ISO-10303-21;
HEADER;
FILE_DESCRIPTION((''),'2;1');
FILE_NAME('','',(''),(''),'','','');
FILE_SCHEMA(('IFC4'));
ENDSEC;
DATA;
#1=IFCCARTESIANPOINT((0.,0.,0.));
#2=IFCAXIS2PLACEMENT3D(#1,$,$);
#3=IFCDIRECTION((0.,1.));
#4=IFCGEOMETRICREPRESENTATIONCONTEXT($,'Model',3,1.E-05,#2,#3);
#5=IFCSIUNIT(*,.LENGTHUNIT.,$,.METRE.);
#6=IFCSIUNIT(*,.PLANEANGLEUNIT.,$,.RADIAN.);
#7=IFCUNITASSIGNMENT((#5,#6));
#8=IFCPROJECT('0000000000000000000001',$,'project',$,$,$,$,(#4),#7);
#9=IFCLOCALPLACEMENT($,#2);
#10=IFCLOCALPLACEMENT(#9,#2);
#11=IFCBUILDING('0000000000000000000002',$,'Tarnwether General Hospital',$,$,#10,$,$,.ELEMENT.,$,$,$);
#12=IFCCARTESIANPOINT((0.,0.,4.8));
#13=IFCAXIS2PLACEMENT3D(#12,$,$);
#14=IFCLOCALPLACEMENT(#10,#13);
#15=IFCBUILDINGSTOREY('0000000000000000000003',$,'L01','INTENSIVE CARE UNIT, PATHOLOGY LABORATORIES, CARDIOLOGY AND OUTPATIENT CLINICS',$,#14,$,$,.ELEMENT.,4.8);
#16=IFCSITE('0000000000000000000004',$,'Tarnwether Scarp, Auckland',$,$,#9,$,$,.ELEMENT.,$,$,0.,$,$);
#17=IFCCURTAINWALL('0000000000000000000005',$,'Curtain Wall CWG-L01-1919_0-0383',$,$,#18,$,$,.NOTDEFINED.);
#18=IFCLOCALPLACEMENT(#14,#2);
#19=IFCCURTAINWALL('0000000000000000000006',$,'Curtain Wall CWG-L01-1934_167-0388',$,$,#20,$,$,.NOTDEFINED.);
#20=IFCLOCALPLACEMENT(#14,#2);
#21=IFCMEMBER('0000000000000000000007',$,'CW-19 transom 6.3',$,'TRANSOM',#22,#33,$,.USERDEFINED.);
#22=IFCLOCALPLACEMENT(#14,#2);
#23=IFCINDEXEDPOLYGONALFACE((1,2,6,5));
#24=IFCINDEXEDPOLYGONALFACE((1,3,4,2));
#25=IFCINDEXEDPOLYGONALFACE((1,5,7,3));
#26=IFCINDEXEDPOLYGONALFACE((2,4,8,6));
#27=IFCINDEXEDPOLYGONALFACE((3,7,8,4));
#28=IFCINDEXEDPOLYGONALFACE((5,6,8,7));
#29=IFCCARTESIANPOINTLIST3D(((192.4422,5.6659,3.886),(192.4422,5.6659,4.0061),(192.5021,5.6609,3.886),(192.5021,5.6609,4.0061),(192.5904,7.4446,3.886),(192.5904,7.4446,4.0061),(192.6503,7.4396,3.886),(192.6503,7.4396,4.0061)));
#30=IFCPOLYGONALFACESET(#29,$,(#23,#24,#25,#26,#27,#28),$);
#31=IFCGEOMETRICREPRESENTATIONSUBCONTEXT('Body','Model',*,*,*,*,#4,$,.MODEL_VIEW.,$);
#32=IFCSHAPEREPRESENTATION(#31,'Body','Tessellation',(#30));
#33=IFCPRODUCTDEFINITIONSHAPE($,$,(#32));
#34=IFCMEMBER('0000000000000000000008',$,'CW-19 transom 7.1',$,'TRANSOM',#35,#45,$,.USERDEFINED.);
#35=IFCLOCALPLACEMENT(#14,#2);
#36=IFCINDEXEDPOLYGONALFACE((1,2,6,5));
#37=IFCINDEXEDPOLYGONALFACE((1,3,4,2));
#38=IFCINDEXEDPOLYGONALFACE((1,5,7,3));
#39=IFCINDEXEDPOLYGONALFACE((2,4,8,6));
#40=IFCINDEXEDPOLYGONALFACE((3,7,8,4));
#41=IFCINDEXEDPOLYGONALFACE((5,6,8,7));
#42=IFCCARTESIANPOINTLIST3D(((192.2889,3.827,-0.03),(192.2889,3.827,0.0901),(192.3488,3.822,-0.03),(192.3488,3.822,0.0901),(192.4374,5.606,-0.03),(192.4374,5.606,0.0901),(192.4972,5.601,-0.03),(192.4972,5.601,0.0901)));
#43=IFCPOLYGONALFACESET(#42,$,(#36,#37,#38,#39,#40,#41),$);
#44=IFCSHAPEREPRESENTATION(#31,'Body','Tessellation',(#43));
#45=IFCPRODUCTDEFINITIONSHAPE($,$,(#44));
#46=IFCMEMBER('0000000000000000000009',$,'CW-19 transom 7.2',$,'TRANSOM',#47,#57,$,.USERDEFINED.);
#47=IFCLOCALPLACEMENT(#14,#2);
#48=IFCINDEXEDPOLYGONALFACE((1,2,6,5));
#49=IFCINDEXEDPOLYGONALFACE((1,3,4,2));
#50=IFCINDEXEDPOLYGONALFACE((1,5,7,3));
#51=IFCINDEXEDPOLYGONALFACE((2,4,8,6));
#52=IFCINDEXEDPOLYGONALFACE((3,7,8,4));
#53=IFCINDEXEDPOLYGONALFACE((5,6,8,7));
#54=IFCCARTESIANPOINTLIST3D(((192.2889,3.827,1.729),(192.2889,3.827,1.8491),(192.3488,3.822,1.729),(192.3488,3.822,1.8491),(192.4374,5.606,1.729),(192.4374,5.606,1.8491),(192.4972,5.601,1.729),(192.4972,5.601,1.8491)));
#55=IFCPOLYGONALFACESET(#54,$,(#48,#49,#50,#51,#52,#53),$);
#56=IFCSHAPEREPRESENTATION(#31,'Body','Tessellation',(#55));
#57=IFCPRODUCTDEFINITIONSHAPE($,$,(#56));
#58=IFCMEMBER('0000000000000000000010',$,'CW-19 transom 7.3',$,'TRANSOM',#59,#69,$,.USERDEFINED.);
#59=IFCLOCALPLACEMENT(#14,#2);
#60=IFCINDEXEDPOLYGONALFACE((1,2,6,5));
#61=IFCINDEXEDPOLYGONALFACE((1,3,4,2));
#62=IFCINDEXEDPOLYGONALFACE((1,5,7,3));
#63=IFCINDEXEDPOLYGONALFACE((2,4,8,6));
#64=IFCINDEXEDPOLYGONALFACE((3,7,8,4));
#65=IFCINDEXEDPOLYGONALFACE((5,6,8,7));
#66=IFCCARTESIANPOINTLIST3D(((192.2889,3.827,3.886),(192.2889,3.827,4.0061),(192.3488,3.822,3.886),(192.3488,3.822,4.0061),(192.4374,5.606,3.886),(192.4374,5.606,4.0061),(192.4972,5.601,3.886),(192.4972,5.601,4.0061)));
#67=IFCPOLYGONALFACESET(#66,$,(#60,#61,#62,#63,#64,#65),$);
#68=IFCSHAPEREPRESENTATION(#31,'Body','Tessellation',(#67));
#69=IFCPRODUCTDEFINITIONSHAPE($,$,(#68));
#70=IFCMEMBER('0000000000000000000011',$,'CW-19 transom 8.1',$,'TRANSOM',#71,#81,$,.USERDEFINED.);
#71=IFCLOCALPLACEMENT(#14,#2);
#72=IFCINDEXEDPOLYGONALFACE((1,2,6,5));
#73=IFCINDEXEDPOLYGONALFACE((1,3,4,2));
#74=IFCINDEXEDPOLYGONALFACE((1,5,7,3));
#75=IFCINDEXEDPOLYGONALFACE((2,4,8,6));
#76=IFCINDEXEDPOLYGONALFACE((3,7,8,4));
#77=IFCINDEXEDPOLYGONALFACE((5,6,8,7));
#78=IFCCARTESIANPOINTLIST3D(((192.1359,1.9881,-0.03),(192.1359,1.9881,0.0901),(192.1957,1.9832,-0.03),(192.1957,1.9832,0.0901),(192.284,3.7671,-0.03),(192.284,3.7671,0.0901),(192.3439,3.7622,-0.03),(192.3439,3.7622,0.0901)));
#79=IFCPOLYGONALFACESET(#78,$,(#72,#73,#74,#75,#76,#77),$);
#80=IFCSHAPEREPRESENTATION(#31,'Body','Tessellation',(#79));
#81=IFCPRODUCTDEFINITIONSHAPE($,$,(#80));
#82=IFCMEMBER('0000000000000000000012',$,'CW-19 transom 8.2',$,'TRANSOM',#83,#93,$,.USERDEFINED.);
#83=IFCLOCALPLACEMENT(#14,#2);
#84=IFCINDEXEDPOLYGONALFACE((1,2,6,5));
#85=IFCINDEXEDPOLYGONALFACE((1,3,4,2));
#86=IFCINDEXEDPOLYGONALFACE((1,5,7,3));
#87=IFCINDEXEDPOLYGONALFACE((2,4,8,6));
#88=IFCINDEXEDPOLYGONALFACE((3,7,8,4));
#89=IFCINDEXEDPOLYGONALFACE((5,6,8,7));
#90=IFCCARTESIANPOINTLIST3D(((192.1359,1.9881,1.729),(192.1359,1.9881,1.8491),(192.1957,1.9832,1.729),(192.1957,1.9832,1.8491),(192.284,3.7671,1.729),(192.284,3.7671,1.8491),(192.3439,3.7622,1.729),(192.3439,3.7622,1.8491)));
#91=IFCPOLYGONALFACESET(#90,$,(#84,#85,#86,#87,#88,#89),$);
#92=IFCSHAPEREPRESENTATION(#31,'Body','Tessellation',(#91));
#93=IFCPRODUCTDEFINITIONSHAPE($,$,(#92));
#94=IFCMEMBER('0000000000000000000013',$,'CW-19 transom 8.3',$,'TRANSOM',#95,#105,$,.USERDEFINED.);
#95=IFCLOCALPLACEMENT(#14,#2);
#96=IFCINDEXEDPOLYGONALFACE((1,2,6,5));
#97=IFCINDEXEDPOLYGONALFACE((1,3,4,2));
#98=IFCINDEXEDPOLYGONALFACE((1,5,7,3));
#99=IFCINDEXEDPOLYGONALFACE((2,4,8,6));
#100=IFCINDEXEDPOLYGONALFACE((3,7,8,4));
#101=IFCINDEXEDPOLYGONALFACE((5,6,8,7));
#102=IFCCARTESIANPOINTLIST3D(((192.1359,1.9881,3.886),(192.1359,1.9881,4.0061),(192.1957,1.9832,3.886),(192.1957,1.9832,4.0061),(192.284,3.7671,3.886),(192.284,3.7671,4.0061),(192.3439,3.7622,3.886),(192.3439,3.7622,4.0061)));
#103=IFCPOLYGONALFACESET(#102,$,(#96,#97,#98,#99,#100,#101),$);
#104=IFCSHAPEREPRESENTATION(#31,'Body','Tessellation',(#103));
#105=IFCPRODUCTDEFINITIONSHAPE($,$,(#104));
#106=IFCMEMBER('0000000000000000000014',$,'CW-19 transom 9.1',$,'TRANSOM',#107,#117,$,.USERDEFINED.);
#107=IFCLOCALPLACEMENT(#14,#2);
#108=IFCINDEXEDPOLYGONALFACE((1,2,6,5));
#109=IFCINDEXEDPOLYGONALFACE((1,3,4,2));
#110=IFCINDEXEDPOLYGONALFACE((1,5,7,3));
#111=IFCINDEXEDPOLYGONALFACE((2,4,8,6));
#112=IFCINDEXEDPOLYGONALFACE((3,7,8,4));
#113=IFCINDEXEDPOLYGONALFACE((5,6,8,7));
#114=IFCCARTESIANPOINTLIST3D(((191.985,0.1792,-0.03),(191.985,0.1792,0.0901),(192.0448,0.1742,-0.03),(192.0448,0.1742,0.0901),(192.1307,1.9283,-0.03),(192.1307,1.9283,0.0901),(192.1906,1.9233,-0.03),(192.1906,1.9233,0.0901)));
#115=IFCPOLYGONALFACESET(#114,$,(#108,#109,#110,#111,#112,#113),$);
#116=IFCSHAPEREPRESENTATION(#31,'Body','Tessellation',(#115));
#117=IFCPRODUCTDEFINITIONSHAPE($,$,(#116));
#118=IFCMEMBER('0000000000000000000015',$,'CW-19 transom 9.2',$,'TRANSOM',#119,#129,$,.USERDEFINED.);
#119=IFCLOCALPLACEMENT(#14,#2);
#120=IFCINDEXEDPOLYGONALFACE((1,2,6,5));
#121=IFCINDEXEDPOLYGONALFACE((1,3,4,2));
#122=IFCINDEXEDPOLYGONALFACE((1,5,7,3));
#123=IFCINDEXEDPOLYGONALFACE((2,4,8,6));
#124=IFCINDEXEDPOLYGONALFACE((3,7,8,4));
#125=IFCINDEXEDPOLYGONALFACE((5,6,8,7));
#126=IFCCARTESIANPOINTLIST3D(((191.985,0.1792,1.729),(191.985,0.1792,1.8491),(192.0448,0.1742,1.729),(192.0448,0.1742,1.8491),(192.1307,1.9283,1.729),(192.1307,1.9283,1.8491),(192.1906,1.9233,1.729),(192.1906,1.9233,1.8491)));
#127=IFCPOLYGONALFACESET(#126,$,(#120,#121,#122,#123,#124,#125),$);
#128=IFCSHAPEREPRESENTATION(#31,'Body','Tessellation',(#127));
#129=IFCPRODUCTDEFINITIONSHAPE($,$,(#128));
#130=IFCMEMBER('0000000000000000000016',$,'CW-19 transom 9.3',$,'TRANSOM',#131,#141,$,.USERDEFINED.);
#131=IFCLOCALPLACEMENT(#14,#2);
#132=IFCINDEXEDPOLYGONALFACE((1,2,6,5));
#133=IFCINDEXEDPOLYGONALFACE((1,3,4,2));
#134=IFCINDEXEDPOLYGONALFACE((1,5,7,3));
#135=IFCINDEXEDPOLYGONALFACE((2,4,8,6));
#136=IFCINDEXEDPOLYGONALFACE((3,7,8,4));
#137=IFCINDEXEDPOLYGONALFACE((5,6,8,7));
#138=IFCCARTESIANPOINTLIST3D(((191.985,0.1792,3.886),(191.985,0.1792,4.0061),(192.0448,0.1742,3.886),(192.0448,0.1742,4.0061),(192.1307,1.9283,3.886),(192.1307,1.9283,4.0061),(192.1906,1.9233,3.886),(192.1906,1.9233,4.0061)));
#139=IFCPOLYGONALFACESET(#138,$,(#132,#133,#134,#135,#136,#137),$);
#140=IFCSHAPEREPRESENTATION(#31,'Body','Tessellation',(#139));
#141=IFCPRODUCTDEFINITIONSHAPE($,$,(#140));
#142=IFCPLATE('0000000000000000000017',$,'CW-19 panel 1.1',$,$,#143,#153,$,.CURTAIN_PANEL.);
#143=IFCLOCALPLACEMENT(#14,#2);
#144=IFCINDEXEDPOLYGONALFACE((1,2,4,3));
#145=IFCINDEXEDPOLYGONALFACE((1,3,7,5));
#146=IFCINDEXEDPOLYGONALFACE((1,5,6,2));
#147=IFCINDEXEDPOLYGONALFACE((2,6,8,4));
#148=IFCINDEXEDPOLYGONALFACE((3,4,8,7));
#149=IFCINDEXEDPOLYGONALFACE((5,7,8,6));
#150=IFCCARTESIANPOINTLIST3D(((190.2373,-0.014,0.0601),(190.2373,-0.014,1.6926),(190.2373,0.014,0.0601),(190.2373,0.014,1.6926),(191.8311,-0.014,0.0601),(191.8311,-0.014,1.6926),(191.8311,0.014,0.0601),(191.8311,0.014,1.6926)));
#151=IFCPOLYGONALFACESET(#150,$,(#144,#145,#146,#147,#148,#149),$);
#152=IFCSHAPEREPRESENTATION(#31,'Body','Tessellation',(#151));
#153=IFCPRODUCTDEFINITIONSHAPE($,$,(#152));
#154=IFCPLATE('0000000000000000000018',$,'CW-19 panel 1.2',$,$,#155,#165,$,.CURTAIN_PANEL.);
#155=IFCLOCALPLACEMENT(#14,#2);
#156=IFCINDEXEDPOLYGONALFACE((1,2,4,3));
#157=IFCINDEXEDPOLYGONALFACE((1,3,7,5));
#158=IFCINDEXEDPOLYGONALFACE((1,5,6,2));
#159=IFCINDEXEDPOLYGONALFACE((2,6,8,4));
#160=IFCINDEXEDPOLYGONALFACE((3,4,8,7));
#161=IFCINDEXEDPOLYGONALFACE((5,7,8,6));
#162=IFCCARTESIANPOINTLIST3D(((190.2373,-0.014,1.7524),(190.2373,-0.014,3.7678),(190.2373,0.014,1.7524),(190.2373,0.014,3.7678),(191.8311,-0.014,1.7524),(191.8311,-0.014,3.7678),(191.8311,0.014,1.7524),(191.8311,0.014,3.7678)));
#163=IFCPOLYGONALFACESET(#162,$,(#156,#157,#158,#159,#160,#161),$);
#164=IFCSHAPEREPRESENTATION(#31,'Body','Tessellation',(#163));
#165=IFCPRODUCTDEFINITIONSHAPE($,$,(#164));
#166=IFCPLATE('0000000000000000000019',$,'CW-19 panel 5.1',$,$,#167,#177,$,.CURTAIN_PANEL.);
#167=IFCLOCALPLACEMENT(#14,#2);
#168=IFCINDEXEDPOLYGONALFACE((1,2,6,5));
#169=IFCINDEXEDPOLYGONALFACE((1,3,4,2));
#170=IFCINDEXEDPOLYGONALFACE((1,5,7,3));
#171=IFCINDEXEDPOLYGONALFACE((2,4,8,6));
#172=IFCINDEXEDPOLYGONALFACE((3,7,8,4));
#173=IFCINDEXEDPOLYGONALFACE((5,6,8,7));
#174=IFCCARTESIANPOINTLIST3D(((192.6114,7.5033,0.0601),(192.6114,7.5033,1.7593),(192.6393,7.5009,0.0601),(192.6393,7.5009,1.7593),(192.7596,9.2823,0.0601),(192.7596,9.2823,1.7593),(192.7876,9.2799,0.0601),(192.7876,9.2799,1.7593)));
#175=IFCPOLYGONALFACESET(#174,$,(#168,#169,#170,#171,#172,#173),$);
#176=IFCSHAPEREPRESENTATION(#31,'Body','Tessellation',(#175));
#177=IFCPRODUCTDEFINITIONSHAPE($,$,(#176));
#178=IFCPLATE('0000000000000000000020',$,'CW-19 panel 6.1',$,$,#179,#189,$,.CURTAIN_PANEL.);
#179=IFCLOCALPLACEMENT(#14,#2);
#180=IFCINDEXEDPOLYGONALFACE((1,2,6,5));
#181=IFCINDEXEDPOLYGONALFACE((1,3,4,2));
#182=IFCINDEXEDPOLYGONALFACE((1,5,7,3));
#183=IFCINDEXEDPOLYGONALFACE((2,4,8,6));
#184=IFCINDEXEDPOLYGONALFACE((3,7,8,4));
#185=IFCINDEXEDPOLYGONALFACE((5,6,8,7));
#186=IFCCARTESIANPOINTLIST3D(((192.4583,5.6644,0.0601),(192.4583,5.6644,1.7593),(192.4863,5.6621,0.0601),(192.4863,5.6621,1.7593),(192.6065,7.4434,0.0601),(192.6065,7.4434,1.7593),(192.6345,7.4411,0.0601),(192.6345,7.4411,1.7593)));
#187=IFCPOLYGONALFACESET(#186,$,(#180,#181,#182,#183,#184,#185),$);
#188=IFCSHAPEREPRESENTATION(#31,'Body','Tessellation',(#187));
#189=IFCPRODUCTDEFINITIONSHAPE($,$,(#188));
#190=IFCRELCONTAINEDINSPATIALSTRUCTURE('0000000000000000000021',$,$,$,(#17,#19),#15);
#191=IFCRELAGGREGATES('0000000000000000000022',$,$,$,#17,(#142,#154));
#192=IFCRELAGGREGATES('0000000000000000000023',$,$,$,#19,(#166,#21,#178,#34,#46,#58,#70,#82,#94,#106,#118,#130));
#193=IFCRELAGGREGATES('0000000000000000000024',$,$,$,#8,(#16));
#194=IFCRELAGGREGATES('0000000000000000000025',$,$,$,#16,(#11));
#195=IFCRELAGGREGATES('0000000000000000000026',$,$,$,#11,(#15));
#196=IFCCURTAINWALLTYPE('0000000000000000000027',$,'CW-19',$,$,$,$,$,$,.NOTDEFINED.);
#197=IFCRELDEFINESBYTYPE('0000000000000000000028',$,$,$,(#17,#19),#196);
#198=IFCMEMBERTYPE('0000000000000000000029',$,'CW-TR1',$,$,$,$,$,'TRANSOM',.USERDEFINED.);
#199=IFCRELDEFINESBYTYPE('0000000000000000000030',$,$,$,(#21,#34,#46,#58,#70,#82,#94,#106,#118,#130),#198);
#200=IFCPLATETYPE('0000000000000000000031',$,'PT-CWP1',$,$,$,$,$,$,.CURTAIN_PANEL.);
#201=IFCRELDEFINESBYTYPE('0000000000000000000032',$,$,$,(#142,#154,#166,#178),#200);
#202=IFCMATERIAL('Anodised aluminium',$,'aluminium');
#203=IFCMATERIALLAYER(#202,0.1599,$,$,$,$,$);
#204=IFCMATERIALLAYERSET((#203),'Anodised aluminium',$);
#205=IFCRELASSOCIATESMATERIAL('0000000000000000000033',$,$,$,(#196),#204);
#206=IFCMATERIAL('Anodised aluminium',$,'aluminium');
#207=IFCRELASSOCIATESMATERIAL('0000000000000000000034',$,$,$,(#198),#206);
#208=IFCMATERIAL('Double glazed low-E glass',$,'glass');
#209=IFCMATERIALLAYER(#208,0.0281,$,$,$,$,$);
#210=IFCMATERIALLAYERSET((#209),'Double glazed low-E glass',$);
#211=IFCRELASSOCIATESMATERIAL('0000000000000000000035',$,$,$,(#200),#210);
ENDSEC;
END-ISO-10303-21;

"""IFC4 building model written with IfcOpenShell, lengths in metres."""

from ifc_helpers import new_model, si_unit, direction, frame, origin, origin_2d, place, context, subcontext, project, spatial, rectangle, extrude, material, layer, layer_set, material_profile, profile_set, type_object, element, aggregate, save


model = new_model("IFC4")

# Units and contexts
model_context = context("Model", 3, precision=1e-05, world=origin(), true_north=direction((0.0, 1.0)))
body_context = subcontext(model_context, "Body", "Model", "MODEL_VIEW")
ifc_project = project(units=[si_unit("LENGTHUNIT", "METRE"), si_unit("PLANEANGLEUNIT", "RADIAN")], contexts=[model_context])

# Site, building, storey
site_placement = place(None, origin())
site = spatial("IfcSite", under=ifc_project, at=site_placement, Name="Tarnwether Scarp, Auckland", CompositionType="ELEMENT", RefElevation=0.0)
building_placement = place(site_placement, origin())
building = spatial("IfcBuilding", under=site, at=building_placement, Name="Tarnwether General Hospital", CompositionType="ELEMENT")
storey_placement = place(building_placement, frame((0.0, 0.0, 4.8)))
storey = spatial("IfcBuildingStorey", under=building, at=storey_placement, Name="L01", Description="INTENSIVE CARE UNIT, PATHOLOGY LABORATORIES, CARDIOLOGY AND OUTPATIENT CLINICS", CompositionType="ELEMENT", Elevation=4.8)

# Curtain wall
ifc_material_1 = material(Name="Anodised aluminium", Category="aluminium")
ifc_layer_1 = layer(ifc_material_1, 0.1599)
ifc_layer_set_1 = layer_set([ifc_layer_1], Name="Anodised aluminium")
curtain_wall_type = type_object("IfcCurtainWallType", Name="CW-19", PredefinedType="NOTDEFINED", material=ifc_layer_set_1)
curtain_wall_1_placement = place(storey_placement, origin())
curtain_wall_1 = element("IfcCurtainWall", 1, at=curtain_wall_1_placement, inside=storey, type_object=curtain_wall_type, Name="Curtain Wall CWG-L01-1919_0-0383", PredefinedType="NOTDEFINED")

# Curtain wall
curtain_wall_2_placement = place(storey_placement, origin())
curtain_wall_2 = element("IfcCurtainWall", 2, at=curtain_wall_2_placement, inside=storey, type_object=curtain_wall_type, Name="Curtain Wall CWG-L01-1934_167-0388", PredefinedType="NOTDEFINED")

# Members
ifc_material_2 = material(Name="Anodised aluminium", Category="aluminium")
ifc_material_profile_1 = material_profile(ifc_material_2, rectangle(XDim=0.0601, YDim=0.1201, at=origin_2d()), Name="ALU-TRN-60x120")
ifc_profile_set_1 = profile_set([ifc_material_profile_1], Name="Anodised aluminium")
member_type_1 = type_object("IfcMemberType", Name="CW-TR1", ElementType="TRANSOM", PredefinedType="USERDEFINED", material=ifc_profile_set_1)
member_1_placement = place(storey_placement, frame((192.6204, 7.4421, 3.946), z_axis=(-0.083023, -0.996548, 0.0), x_axis=(0.996548, -0.083023, 0.0)))
member_1 = element("IfcMember", 3, at=member_1_placement, type_object=member_type_1, Name="CW-19 transom 6.3", ObjectType="TRANSOM", PredefinedType="USERDEFINED", context=body_context, shape_type="SweptSolid", body=[
    extrude(rectangle(XDim=0.0601, YDim=0.1201, at=origin_2d()), origin(), (0.0, 0.0, 1.0), 1.7849),
])
member_2_placement = place(storey_placement, frame((192.4673, 5.6035, 0.03), z_axis=(-0.083147, -0.996537, 0.0), x_axis=(0.996537, -0.083147, 0.0)))
member_2 = element("IfcMember", 4, at=member_2_placement, type_object=member_type_1, Name="CW-19 transom 7.1", ObjectType="TRANSOM", PredefinedType="USERDEFINED", context=body_context, shape_type="SweptSolid", body=[
    extrude(rectangle(XDim=0.0601, YDim=0.1201, at=origin_2d()), origin(), (0.0, 0.0, 1.0), 1.7852),
])
member_3_placement = place(storey_placement, frame((192.4673, 5.6035, 1.7891), z_axis=(-0.083147, -0.996537, 0.0), x_axis=(0.996537, -0.083147, 0.0)))
member_3 = element("IfcMember", 5, at=member_3_placement, type_object=member_type_1, Name="CW-19 transom 7.2", ObjectType="TRANSOM", PredefinedType="USERDEFINED", context=body_context, shape_type="SweptSolid", body=[
    extrude(rectangle(XDim=0.0601, YDim=0.1201, at=origin_2d()), origin(), (0.0, 0.0, 1.0), 1.7852),
])
member_4_placement = place(storey_placement, frame((192.4673, 5.6035, 3.946), z_axis=(-0.083147, -0.996537, 0.0), x_axis=(0.996537, -0.083147, 0.0)))
member_4 = element("IfcMember", 6, at=member_4_placement, type_object=member_type_1, Name="CW-19 transom 7.3", ObjectType="TRANSOM", PredefinedType="USERDEFINED", context=body_context, shape_type="SweptSolid", body=[
    extrude(rectangle(XDim=0.0601, YDim=0.1201, at=origin_2d()), origin(), (0.0, 0.0, 1.0), 1.7852),
])
member_5_placement = place(storey_placement, frame((192.314, 3.7646, 0.03), z_axis=(-0.083012, -0.996549, 0.0), x_axis=(0.996549, -0.083012, 0.0)))
member_5 = element("IfcMember", 7, at=member_5_placement, type_object=member_type_1, Name="CW-19 transom 8.1", ObjectType="TRANSOM", PredefinedType="USERDEFINED", context=body_context, shape_type="SweptSolid", body=[
    extrude(rectangle(XDim=0.0601, YDim=0.1201, at=origin_2d()), origin(), (0.0, 0.0, 1.0), 1.7852),
])
member_6_placement = place(storey_placement, frame((192.314, 3.7646, 1.7891), z_axis=(-0.083012, -0.996549, 0.0), x_axis=(0.996549, -0.083012, 0.0)))
member_6 = element("IfcMember", 8, at=member_6_placement, type_object=member_type_1, Name="CW-19 transom 8.2", ObjectType="TRANSOM", PredefinedType="USERDEFINED", context=body_context, shape_type="SweptSolid", body=[
    extrude(rectangle(XDim=0.0601, YDim=0.1201, at=origin_2d()), origin(), (0.0, 0.0, 1.0), 1.7852),
])
member_7_placement = place(storey_placement, frame((192.314, 3.7646, 3.946), z_axis=(-0.083012, -0.996549, 0.0), x_axis=(0.996549, -0.083012, 0.0)))
member_7 = element("IfcMember", 9, at=member_7_placement, type_object=member_type_1, Name="CW-19 transom 8.3", ObjectType="TRANSOM", PredefinedType="USERDEFINED", context=body_context, shape_type="SweptSolid", body=[
    extrude(rectangle(XDim=0.0601, YDim=0.1201, at=origin_2d()), origin(), (0.0, 0.0, 1.0), 1.7852),
])
member_8_placement = place(storey_placement, frame((192.1606, 1.9258, 0.03), z_axis=(-0.083045, -0.996546, 0.0), x_axis=(0.996546, -0.083045, 0.0)))
member_8 = element("IfcMember", 10, at=member_8_placement, type_object=member_type_1, Name="CW-19 transom 9.1", ObjectType="TRANSOM", PredefinedType="USERDEFINED", context=body_context, shape_type="SweptSolid", body=[
    extrude(rectangle(XDim=0.0601, YDim=0.1201, at=origin_2d()), origin(), (0.0, 0.0, 1.0), 1.7551),
])
member_9_placement = place(storey_placement, frame((192.1606, 1.9258, 1.7891), z_axis=(-0.083045, -0.996546, 0.0), x_axis=(0.996546, -0.083045, 0.0)))
member_9 = element("IfcMember", 11, at=member_9_placement, type_object=member_type_1, Name="CW-19 transom 9.2", ObjectType="TRANSOM", PredefinedType="USERDEFINED", context=body_context, shape_type="SweptSolid", body=[
    extrude(rectangle(XDim=0.0601, YDim=0.1201, at=origin_2d()), origin(), (0.0, 0.0, 1.0), 1.7551),
])
member_10_placement = place(storey_placement, frame((192.1606, 1.9258, 3.946), z_axis=(-0.083045, -0.996546, 0.0), x_axis=(0.996546, -0.083045, 0.0)))
member_10 = element("IfcMember", 12, at=member_10_placement, type_object=member_type_1, Name="CW-19 transom 9.3", ObjectType="TRANSOM", PredefinedType="USERDEFINED", context=body_context, shape_type="SweptSolid", body=[
    extrude(rectangle(XDim=0.0601, YDim=0.1201, at=origin_2d()), origin(), (0.0, 0.0, 1.0), 1.7551),
])

# Plates
ifc_material_3 = material(Name="Double glazed low-E glass", Category="glass")
ifc_layer_2 = layer(ifc_material_3, 0.0281)
ifc_layer_set_2 = layer_set([ifc_layer_2], Name="Double glazed low-E glass")
plate_type_1 = type_object("IfcPlateType", Name="PT-CWP1", PredefinedType="CURTAIN_PANEL", material=ifc_layer_set_2)
plate_1_placement = place(storey_placement, frame((191.0342, 0.0, 0.0601), z_axis=(0.0, 0.0, 1.0), x_axis=(-1.0, 0.0, 0.0)))
plate_1 = element("IfcPlate", 13, at=plate_1_placement, type_object=plate_type_1, Name="CW-19 panel 1.1", PredefinedType="CURTAIN_PANEL", context=body_context, shape_type="SweptSolid", body=[
    extrude(rectangle(XDim=1.5938, YDim=0.0281, at=origin_2d()), origin(), (0.0, 0.0, 1.0), 1.6326),
])
plate_2_placement = place(storey_placement, frame((191.0342, 0.0, 1.7524), z_axis=(0.0, 0.0, 1.0), x_axis=(-1.0, 0.0, 0.0)))
plate_2 = element("IfcPlate", 14, at=plate_2_placement, type_object=plate_type_1, Name="CW-19 panel 1.2", PredefinedType="CURTAIN_PANEL", context=body_context, shape_type="SweptSolid", body=[
    extrude(rectangle(XDim=1.5938, YDim=0.0281, at=origin_2d()), origin(), (0.0, 0.0, 1.0), 2.0154),
])
aggregate(curtain_wall_1, [plate_1, plate_2])
plate_3_placement = place(storey_placement, frame((192.6995, 8.3916, 0.0601), z_axis=(0.0, 0.0, 1.0), x_axis=(-0.08304, -0.996546, 0.0)))
plate_3 = element("IfcPlate", 15, at=plate_3_placement, type_object=plate_type_1, Name="CW-19 panel 5.1", PredefinedType="CURTAIN_PANEL", context=body_context, shape_type="SweptSolid", body=[
    extrude(rectangle(XDim=1.7852, YDim=0.0281, at=origin_2d()), origin(), (0.0, 0.0, 1.0), 1.6992),
])
plate_4_placement = place(storey_placement, frame((192.5464, 6.5527, 0.0601), z_axis=(0.0, 0.0, 1.0), x_axis=(-0.08304, -0.996546, 0.0)))
plate_4 = element("IfcPlate", 16, at=plate_4_placement, type_object=plate_type_1, Name="CW-19 panel 6.1", PredefinedType="CURTAIN_PANEL", context=body_context, shape_type="SweptSolid", body=[
    extrude(rectangle(XDim=1.7852, YDim=0.0281, at=origin_2d()), origin(), (0.0, 0.0, 1.0), 1.6992),
])
aggregate(curtain_wall_2, [plate_3, member_1, plate_4, member_2, member_3, member_4, member_5, member_6, member_7, member_8, member_9, member_10])

save(model, "model.ifc")
